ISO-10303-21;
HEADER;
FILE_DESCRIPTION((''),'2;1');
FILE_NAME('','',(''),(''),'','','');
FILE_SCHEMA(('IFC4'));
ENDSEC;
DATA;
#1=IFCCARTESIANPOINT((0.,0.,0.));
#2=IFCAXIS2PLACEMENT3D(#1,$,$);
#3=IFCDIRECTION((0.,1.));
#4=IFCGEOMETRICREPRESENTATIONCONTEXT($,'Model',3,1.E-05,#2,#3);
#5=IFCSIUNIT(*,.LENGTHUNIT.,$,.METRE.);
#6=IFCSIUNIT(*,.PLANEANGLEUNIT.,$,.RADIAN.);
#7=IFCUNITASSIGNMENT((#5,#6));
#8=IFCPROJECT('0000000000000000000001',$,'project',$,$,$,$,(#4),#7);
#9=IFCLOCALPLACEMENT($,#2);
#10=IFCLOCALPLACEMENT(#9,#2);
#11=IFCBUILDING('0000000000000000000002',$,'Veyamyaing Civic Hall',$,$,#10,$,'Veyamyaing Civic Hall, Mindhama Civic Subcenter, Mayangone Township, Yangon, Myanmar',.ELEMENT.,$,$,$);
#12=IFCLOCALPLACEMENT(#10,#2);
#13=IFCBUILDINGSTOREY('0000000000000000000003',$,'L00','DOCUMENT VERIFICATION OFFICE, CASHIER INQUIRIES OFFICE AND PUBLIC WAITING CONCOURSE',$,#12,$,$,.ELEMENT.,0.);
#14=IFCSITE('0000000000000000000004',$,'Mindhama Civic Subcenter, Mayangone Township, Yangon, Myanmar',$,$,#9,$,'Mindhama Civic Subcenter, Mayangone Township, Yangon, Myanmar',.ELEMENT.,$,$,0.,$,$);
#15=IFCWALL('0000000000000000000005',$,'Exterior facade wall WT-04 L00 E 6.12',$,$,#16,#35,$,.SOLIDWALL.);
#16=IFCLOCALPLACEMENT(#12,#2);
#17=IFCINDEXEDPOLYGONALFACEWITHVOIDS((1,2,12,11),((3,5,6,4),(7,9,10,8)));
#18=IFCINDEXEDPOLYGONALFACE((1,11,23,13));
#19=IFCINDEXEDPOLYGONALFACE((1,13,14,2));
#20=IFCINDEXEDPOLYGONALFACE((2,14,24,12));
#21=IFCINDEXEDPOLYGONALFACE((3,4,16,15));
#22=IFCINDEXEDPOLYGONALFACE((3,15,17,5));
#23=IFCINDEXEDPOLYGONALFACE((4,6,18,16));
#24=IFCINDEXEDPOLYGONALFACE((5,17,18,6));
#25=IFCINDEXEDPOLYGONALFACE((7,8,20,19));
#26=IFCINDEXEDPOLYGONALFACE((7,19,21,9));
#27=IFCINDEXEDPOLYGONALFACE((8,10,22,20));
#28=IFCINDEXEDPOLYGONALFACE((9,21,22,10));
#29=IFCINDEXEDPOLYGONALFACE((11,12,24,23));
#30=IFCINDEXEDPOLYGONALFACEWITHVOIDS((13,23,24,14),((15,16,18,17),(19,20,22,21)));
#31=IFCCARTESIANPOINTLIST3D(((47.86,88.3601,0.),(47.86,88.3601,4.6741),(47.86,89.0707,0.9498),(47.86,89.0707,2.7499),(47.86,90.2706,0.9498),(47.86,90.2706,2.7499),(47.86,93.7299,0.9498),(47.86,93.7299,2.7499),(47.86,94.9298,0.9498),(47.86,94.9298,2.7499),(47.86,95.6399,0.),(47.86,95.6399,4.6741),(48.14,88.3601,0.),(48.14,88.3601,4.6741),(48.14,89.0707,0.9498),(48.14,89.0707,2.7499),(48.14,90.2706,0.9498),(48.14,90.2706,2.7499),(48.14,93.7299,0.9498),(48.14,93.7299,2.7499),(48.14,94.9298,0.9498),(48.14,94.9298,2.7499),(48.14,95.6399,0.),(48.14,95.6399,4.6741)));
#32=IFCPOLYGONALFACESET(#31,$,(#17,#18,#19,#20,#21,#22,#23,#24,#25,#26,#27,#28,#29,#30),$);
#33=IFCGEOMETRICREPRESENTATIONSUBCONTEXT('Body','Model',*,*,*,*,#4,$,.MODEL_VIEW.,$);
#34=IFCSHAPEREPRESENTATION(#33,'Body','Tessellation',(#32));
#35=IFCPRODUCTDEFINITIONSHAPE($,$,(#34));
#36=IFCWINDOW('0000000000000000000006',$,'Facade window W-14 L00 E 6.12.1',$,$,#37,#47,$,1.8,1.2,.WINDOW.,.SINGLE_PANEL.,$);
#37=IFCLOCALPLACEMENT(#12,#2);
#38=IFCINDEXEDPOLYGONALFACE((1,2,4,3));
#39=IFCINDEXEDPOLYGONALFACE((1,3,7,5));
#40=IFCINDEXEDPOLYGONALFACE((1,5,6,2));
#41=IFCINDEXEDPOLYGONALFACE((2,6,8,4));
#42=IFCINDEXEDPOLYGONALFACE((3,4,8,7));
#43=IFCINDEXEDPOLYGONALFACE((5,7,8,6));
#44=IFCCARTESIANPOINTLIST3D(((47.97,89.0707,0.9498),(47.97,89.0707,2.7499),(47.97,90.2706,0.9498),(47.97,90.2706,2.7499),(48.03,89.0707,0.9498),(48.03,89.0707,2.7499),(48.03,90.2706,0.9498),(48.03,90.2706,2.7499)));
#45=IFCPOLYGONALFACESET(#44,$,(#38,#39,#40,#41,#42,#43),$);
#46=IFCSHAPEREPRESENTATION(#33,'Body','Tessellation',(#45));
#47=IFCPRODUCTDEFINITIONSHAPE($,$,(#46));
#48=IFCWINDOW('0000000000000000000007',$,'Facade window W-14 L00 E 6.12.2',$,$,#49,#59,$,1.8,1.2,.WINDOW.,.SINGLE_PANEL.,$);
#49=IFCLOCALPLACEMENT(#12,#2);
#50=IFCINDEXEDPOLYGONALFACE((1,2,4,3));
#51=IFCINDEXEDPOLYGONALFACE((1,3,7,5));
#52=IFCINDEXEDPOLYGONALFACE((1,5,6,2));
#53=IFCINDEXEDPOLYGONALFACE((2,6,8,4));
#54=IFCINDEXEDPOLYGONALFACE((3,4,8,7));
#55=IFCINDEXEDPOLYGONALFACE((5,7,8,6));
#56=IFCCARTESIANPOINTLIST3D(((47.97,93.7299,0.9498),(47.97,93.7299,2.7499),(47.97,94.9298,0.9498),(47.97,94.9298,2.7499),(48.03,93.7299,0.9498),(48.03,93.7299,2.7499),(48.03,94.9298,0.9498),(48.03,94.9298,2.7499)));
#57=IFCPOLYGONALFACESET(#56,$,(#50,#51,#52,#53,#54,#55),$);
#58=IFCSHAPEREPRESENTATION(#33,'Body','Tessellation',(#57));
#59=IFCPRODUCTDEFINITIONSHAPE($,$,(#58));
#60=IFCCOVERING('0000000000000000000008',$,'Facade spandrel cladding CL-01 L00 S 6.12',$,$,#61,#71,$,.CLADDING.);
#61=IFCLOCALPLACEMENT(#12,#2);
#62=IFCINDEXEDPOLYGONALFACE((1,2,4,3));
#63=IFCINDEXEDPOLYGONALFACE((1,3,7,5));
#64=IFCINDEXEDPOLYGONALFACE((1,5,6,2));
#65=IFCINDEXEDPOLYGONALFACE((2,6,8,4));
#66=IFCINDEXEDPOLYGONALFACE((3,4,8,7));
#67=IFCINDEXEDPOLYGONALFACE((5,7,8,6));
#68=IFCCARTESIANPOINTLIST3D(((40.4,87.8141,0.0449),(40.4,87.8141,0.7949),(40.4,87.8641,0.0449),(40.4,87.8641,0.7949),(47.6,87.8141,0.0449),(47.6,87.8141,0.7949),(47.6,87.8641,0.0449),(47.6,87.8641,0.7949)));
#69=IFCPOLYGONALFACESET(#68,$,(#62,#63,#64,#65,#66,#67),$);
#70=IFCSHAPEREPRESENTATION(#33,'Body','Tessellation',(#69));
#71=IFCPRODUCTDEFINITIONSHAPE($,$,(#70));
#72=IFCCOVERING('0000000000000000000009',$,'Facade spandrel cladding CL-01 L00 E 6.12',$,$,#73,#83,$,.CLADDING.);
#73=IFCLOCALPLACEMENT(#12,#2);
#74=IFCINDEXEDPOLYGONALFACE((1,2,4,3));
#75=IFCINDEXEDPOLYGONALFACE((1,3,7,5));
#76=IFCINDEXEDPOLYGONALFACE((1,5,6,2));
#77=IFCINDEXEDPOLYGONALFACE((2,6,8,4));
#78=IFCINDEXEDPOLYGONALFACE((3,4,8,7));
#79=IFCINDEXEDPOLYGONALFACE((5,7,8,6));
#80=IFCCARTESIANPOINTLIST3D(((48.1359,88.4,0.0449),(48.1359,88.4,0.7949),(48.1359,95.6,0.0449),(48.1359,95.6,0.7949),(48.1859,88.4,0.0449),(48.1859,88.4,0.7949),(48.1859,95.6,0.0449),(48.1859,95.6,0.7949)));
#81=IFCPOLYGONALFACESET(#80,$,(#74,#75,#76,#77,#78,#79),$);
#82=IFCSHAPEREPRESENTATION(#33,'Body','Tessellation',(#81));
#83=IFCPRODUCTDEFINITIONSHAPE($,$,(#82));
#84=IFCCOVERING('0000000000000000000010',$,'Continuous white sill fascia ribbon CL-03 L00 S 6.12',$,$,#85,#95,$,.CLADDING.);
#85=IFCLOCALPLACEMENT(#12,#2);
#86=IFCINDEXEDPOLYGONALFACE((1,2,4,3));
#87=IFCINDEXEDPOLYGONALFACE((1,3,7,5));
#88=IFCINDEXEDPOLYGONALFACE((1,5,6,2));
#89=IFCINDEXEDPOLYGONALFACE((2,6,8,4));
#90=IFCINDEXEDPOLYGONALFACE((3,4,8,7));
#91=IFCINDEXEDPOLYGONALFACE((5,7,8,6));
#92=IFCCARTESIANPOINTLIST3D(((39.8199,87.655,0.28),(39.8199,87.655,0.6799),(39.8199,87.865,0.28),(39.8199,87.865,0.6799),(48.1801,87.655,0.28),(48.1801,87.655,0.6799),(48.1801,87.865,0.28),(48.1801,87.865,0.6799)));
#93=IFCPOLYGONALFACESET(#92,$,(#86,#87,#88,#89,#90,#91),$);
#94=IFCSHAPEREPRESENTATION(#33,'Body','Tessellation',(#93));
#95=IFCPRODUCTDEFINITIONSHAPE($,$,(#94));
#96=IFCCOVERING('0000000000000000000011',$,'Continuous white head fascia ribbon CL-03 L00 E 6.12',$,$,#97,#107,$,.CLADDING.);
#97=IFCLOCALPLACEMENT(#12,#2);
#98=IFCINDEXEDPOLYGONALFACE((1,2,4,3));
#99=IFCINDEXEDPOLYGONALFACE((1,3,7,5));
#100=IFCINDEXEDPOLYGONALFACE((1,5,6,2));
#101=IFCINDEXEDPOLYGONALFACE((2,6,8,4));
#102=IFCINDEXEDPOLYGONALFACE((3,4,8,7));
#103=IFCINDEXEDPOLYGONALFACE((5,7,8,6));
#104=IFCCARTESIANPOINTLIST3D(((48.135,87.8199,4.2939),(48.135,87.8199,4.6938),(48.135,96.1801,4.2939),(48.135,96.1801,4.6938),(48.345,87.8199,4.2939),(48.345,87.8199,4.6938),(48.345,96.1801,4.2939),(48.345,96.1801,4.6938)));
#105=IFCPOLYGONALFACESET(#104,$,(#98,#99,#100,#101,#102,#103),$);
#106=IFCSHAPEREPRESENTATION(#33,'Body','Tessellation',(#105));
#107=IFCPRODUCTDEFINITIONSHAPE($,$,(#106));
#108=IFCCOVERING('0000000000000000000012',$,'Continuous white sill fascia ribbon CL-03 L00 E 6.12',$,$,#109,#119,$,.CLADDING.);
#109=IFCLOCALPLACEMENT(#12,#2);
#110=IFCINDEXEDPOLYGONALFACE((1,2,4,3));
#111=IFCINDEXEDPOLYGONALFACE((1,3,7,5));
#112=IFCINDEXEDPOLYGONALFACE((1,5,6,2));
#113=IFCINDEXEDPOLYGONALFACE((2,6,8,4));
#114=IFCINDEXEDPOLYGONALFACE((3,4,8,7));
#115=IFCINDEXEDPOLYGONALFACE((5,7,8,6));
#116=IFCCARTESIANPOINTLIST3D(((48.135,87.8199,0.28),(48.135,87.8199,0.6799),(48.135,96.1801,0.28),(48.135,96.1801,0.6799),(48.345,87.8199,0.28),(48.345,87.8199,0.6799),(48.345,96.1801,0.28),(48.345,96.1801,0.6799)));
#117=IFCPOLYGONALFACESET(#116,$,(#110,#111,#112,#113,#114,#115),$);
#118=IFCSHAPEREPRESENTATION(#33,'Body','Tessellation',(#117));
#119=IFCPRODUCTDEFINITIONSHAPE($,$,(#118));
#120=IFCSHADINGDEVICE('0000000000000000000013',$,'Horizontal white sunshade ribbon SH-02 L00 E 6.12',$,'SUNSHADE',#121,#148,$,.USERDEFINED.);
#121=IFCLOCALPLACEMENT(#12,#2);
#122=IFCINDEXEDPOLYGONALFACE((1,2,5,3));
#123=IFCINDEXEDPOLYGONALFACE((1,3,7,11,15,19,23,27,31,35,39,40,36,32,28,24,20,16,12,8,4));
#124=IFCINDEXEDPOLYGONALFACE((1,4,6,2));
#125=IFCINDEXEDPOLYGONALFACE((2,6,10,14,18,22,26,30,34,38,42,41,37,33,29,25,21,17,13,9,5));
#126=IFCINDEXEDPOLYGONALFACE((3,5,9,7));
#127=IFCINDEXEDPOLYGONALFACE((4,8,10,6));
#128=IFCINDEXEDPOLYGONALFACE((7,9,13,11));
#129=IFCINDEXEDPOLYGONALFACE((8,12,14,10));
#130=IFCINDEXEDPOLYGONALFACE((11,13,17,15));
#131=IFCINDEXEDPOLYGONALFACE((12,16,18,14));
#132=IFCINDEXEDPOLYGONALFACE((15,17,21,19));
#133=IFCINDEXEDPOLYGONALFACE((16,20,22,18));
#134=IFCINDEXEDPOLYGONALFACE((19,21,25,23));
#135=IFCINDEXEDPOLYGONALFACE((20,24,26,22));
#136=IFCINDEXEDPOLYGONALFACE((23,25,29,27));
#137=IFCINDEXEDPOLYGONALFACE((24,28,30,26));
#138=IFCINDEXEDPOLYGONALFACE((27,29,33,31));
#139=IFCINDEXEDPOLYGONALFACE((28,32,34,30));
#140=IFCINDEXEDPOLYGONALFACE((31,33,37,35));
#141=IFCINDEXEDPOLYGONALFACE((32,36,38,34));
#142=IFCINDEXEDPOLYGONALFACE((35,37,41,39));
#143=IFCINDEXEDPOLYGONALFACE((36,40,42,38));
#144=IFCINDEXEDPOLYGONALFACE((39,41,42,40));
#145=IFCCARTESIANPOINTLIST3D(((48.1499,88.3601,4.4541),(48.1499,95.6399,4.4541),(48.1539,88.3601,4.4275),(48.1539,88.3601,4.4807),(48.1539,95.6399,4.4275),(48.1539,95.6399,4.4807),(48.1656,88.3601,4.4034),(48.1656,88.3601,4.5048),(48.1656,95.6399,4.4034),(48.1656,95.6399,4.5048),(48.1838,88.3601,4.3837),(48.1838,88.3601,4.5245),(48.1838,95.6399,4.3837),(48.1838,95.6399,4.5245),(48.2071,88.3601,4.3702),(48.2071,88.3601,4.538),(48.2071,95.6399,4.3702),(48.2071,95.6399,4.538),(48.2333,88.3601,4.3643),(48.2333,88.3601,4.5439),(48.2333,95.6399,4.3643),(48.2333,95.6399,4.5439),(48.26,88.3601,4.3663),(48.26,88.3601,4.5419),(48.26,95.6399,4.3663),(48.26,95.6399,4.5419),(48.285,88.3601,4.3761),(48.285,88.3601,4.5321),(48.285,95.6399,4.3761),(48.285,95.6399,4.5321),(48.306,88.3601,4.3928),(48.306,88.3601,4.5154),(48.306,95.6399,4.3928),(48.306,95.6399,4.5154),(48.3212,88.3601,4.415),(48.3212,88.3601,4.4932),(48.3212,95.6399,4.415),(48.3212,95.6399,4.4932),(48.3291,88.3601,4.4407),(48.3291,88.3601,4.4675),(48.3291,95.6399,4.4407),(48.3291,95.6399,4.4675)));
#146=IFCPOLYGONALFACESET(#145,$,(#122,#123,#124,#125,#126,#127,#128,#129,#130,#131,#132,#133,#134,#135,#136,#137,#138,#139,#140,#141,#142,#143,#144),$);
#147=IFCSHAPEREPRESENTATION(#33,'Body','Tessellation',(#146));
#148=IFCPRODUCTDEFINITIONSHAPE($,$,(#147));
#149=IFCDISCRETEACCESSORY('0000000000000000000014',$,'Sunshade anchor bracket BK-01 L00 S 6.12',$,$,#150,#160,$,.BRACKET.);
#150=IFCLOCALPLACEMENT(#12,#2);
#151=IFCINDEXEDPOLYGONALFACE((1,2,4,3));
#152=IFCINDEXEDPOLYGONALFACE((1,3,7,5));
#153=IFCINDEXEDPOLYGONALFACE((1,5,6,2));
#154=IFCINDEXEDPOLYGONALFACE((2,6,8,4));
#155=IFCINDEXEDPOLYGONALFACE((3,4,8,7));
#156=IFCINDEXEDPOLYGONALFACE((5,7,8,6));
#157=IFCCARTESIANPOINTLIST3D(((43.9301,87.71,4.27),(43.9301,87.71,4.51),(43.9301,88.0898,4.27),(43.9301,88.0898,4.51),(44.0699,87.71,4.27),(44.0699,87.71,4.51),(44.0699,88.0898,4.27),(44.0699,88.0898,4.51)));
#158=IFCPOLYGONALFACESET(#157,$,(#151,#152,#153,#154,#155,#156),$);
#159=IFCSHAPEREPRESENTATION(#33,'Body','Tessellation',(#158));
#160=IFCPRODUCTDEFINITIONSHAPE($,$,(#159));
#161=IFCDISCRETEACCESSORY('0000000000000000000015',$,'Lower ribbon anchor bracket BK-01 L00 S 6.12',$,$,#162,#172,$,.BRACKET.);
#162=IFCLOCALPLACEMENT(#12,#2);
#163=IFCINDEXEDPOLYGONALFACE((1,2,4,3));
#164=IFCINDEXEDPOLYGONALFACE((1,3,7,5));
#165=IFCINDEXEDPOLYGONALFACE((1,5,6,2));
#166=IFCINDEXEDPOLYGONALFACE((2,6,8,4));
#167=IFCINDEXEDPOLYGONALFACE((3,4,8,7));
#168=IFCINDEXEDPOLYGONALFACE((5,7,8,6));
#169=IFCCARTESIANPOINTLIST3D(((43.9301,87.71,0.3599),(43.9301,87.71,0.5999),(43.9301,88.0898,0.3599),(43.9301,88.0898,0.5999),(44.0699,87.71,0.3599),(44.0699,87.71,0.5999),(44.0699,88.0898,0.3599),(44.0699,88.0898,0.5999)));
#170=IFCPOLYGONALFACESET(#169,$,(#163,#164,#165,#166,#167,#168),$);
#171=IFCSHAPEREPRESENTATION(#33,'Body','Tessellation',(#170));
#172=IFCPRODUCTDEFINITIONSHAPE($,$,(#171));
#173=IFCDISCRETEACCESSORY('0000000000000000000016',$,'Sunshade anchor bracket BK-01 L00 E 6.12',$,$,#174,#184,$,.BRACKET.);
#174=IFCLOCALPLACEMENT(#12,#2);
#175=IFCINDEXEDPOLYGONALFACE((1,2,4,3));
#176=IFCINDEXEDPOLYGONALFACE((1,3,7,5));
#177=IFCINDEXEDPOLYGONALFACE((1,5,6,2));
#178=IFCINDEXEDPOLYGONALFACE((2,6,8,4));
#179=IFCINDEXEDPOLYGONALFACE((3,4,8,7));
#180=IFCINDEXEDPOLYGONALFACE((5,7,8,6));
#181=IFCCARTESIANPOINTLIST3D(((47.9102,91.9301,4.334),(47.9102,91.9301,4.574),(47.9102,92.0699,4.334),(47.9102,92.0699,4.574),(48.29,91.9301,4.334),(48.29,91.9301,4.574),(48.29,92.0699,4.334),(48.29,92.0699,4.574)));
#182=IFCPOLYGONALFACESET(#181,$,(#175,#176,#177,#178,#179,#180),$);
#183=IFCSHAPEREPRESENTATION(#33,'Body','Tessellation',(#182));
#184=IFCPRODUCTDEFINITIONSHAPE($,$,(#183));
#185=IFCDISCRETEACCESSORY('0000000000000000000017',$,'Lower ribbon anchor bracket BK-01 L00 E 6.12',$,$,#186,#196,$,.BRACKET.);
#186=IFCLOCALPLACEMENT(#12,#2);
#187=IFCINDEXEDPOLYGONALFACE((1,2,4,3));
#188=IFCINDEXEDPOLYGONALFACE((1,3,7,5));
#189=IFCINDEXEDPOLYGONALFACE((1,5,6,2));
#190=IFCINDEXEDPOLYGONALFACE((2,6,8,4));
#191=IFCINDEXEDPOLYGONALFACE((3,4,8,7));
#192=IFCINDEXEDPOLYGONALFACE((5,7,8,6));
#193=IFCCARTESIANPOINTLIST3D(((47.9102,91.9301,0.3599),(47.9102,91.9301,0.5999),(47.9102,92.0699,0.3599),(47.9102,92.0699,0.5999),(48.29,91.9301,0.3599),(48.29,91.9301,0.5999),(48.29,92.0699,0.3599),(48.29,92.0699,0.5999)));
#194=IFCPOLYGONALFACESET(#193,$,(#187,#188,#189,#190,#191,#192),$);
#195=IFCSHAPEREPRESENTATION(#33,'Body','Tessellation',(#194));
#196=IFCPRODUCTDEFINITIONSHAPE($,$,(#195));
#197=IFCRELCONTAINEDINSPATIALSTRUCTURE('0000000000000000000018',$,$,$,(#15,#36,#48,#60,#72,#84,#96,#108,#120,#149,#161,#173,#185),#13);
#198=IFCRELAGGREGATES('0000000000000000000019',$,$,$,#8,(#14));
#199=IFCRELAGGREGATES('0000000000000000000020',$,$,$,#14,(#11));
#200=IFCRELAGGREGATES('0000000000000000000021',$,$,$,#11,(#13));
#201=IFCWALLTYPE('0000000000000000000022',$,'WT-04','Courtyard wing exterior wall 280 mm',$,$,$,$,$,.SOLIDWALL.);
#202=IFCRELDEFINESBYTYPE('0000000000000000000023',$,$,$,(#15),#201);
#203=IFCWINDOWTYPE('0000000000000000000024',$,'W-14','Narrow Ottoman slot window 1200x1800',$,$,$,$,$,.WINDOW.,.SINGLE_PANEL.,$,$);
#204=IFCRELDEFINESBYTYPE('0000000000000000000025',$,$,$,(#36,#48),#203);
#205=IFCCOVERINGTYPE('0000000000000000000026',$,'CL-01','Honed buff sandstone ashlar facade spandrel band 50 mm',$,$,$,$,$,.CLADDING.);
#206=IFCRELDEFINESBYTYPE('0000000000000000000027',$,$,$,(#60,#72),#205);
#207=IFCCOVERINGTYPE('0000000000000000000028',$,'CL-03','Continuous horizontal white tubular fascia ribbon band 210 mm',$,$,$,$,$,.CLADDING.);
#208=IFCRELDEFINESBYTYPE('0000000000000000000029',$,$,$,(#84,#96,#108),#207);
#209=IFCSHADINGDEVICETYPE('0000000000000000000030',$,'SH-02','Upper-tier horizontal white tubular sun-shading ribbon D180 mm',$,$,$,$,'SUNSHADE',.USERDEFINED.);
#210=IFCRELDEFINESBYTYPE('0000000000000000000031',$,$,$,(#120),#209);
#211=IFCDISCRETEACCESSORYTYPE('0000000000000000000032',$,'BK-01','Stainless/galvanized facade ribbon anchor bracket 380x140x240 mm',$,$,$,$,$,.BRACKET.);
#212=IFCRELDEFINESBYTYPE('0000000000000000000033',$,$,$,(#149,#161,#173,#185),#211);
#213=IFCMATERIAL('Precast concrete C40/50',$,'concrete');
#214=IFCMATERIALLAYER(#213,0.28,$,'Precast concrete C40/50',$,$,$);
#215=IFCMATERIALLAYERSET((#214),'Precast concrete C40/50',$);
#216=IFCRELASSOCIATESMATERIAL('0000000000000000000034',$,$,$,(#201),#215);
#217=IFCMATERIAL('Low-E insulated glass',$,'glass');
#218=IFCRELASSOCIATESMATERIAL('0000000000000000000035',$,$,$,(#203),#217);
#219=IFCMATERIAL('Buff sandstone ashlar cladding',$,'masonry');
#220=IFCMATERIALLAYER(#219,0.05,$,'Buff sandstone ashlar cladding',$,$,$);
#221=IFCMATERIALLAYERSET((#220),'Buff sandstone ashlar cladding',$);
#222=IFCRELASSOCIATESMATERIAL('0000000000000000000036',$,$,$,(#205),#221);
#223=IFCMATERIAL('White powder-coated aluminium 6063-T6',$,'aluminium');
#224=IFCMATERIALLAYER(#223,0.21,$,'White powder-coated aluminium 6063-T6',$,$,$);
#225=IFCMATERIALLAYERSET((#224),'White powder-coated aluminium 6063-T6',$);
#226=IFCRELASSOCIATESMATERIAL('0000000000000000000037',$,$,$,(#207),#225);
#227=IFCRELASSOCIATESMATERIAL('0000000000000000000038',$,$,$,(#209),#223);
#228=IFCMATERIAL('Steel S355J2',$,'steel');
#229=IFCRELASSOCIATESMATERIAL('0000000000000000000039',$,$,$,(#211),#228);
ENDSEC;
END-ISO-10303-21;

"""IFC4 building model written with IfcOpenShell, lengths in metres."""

from ifc_helpers import new_model, si_unit, direction, frame, frame_2d, origin, origin_2d, place, context, subcontext, project, spatial, rectangle, circle, extrude, material, layer, layer_set, material_profile, profile_set, type_object, element, fill, save


model = new_model("IFC4")

# Units and contexts
model_context = context("Model", 3, precision=1e-05, world=origin(), true_north=direction((0.0, 1.0)))
body_context = subcontext(model_context, "Body", "Model", "MODEL_VIEW")
ifc_project = project(units=[si_unit("LENGTHUNIT", "METRE"), si_unit("PLANEANGLEUNIT", "RADIAN")], contexts=[model_context])

# Site, building, storey
site_placement = place(None, origin())
site = spatial("IfcSite", under=ifc_project, at=site_placement, Name="Mindhama Civic Subcenter, Mayangone Township, Yangon, Myanmar", LongName="Mindhama Civic Subcenter, Mayangone Township, Yangon, Myanmar", CompositionType="ELEMENT", RefElevation=0.0)
building_placement = place(site_placement, origin())
building = spatial("IfcBuilding", under=site, at=building_placement, Name="Veyamyaing Civic Hall", LongName="Veyamyaing Civic Hall, Mindhama Civic Subcenter, Mayangone Township, Yangon, Myanmar", CompositionType="ELEMENT")
storey_placement = place(building_placement, origin())
storey = spatial("IfcBuildingStorey", under=building, at=storey_placement, Name="L00", Description="DOCUMENT VERIFICATION OFFICE, CASHIER INQUIRIES OFFICE AND PUBLIC WAITING CONCOURSE", CompositionType="ELEMENT", Elevation=0.0)

# Wall, openings, windows
ifc_material_1 = material(Name="Precast concrete C40/50", Category="concrete")
ifc_layer_1 = layer(ifc_material_1, 0.28, Name="Precast concrete C40/50")
ifc_layer_set_1 = layer_set([ifc_layer_1], Name="Precast concrete C40/50")
wall_type = type_object("IfcWallType", Name="WT-04", Description="Courtyard wing exterior wall 280 mm", PredefinedType="SOLIDWALL", material=ifc_layer_set_1)
wall_placement = place(storey_placement, frame((48.0, 88.3601, 0.0), z_axis=(0.0, 0.0, 1.0), x_axis=(0.0, 1.0, 0.0)))
wall = element("IfcWall", 1, at=wall_placement, inside=storey, type_object=wall_type, Name="Exterior facade wall WT-04 L00 E 6.12", PredefinedType="SOLIDWALL", context=body_context, shape_type="SweptSolid", body=[
    extrude(rectangle(XDim=7.2798, YDim=0.28, at=frame_2d((3.6399, 0.0))), origin(), (0.0, 0.0, 1.0), 4.6741),
])
opening_1_placement = place(wall_placement, frame((0.7104, 0.0, 0.95)))
opening_1 = element("IfcOpeningElement", 2, at=opening_1_placement, cuts=wall, PredefinedType="OPENING", context=body_context, shape_type="SweptSolid", body=[
    extrude(rectangle(XDim=1.2, YDim=1.8, at=frame_2d((0.6001, 0.8999))), frame((0.0, 0.1499, 0.0), z_axis=(0.0, -1.0, 0.0), x_axis=(1.0, 0.0, 0.0)), (0.0, 0.0, 1.0), 0.3),
])
opening_2_placement = place(wall_placement, frame((5.3696, 0.0, 0.95)))
opening_2 = element("IfcOpeningElement", 3, at=opening_2_placement, cuts=wall, PredefinedType="OPENING", context=body_context, shape_type="SweptSolid", body=[
    extrude(rectangle(XDim=1.2, YDim=1.8, at=frame_2d((0.6001, 0.8999))), frame((0.0, 0.1499, 0.0), z_axis=(0.0, -1.0, 0.0), x_axis=(1.0, 0.0, 0.0)), (0.0, 0.0, 1.0), 0.3),
])
ifc_material_2 = material(Name="Low-E insulated glass", Category="glass")
window_type = type_object("IfcWindowType", Name="W-14", Description="Narrow Ottoman slot window 1200x1800", PartitioningType="SINGLE_PANEL", PredefinedType="WINDOW", material=ifc_material_2)
window_1_placement = place(opening_1_placement, origin())
window_1 = element("IfcWindow", 4, at=window_1_placement, inside=storey, type_object=window_type, Name="Facade window W-14 L00 E 6.12.1", OverallHeight=1.8, OverallWidth=1.2, PartitioningType="SINGLE_PANEL", PredefinedType="WINDOW", context=body_context, shape_type="SweptSolid", body=[
    extrude(rectangle(XDim=1.2, YDim=1.8, at=frame_2d((0.6001, 0.8999))), frame((0.0, 0.03, 0.0), z_axis=(0.0, -1.0, 0.0), x_axis=(1.0, 0.0, 0.0)), (0.0, 0.0, 1.0), 0.0601),
])
fill(opening_1, window_1)
window_2_placement = place(opening_2_placement, origin())
window_2 = element("IfcWindow", 5, at=window_2_placement, inside=storey, type_object=window_type, Name="Facade window W-14 L00 E 6.12.2", OverallHeight=1.8, OverallWidth=1.2, PartitioningType="SINGLE_PANEL", PredefinedType="WINDOW", context=body_context, shape_type="SweptSolid", body=[
    extrude(rectangle(XDim=1.2, YDim=1.8, at=frame_2d((0.6001, 0.8999))), frame((0.0, 0.03, 0.0), z_axis=(0.0, -1.0, 0.0), x_axis=(1.0, 0.0, 0.0)), (0.0, 0.0, 1.0), 0.0601),
])
fill(opening_2, window_2)

# Coverings
ifc_material_3 = material(Name="Buff sandstone ashlar cladding", Category="masonry")
ifc_layer_2 = layer(ifc_material_3, 0.05, Name="Buff sandstone ashlar cladding")
ifc_layer_set_2 = layer_set([ifc_layer_2], Name="Buff sandstone ashlar cladding")
covering_type_1 = type_object("IfcCoveringType", Name="CL-01", Description="Honed buff sandstone ashlar facade spandrel band 50 mm", PredefinedType="CLADDING", material=ifc_layer_set_2)
for number, where, z_axis, x_axis, name in (
    (6, (44.0, 87.8391, 0.0449), (0.0, 0.0, 1.0), (1.0, 0.0, 0.0), "Facade spandrel cladding CL-01 L00 S 6.12"),
    (7, (48.1609, 92.0, 0.0449), (0.0, 0.0, 1.0), (0.0, 1.0, 0.0), "Facade spandrel cladding CL-01 L00 E 6.12"),
):
    element("IfcCovering", number, at=place(storey_placement, frame(where, z_axis=z_axis, x_axis=x_axis)), inside=storey, type_object=covering_type_1, Name=name, PredefinedType="CLADDING", context=body_context, shape_type="SweptSolid", body=[
        extrude(rectangle(XDim=7.2, YDim=0.05, at=origin_2d()), origin(), (0.0, 0.0, 1.0), 0.75),
    ])
ifc_material_4 = material(Name="White powder-coated aluminium 6063-T6", Category="aluminium")
ifc_layer_3 = layer(ifc_material_4, 0.21, Name="White powder-coated aluminium 6063-T6")
ifc_layer_set_3 = layer_set([ifc_layer_3], Name="White powder-coated aluminium 6063-T6")
covering_type_2 = type_object("IfcCoveringType", Name="CL-03", Description="Continuous horizontal white tubular fascia ribbon band 210 mm", PredefinedType="CLADDING", material=ifc_layer_set_3)
for number, where, z_axis, x_axis, name in (
    (8, (44.0, 87.76, 0.28), (0.0, 0.0, 1.0), (1.0, 0.0, 0.0), "Continuous white sill fascia ribbon CL-03 L00 S 6.12"),
    (9, (48.24, 92.0, 4.2939), (0.0, 0.0, 1.0), (0.0, 1.0, 0.0), "Continuous white head fascia ribbon CL-03 L00 E 6.12"),
    (10, (48.24, 92.0, 0.28), (0.0, 0.0, 1.0), (0.0, 1.0, 0.0), "Continuous white sill fascia ribbon CL-03 L00 E 6.12"),
):
    element("IfcCovering", number, at=place(storey_placement, frame(where, z_axis=z_axis, x_axis=x_axis)), inside=storey, type_object=covering_type_2, Name=name, PredefinedType="CLADDING", context=body_context, shape_type="SweptSolid", body=[
        extrude(rectangle(XDim=8.3601, YDim=0.21, at=origin_2d()), origin(), (0.0, 0.0, 1.0), 0.3999),
    ])

# Shading device
ifc_material_profile_1 = material_profile(ifc_material_4, circle(Radius=0.0901, at=origin_2d()), Name="SHADE-TUBE-180")
ifc_profile_set_1 = profile_set([ifc_material_profile_1], Name="White powder-coated aluminium 6063-T6")
shading_device_type = type_object("IfcShadingDeviceType", Name="SH-02", Description="Upper-tier horizontal white tubular sun-shading ribbon D180 mm", ElementType="SUNSHADE", PredefinedType="USERDEFINED", material=ifc_profile_set_1)
shading_device_placement = place(storey_placement, frame((48.24, 88.3601, 4.4541), z_axis=(0.0, 1.0, 0.0), x_axis=(-1.0, 0.0, 0.0)))
element("IfcShadingDevice", 11, at=shading_device_placement, inside=storey, type_object=shading_device_type, Name="Horizontal white sunshade ribbon SH-02 L00 E 6.12", ObjectType="SUNSHADE", PredefinedType="USERDEFINED", context=body_context, shape_type="SweptSolid", body=[
    extrude(circle(Radius=0.0901, at=origin_2d()), origin(), (0.0, 0.0, 1.0), 7.2798),
])

# Discrete accessories
ifc_material_5 = material(Name="Steel S355J2", Category="steel")
discrete_accessory_type = type_object("IfcDiscreteAccessoryType", Name="BK-01", Description="Stainless/galvanized facade ribbon anchor bracket 380x140x240 mm", PredefinedType="BRACKET", material=ifc_material_5)
for number, where, z_axis, x_axis, name in (
    (12, (44.0, 87.8999, 4.27), (0.0, 0.0, 1.0), (0.0, -1.0, 0.0), "Sunshade anchor bracket BK-01 L00 S 6.12"),
    (13, (44.0, 87.8999, 0.3599), (0.0, 0.0, 1.0), (0.0, -1.0, 0.0), "Lower ribbon anchor bracket BK-01 L00 S 6.12"),
    (14, (48.1001, 92.0, 4.334), (0.0, 0.0, 1.0), (1.0, 0.0, 0.0), "Sunshade anchor bracket BK-01 L00 E 6.12"),
    (15, (48.1001, 92.0, 0.3599), (0.0, 0.0, 1.0), (1.0, 0.0, 0.0), "Lower ribbon anchor bracket BK-01 L00 E 6.12"),
):
    element("IfcDiscreteAccessory", number, at=place(storey_placement, frame(where, z_axis=z_axis, x_axis=x_axis)), inside=storey, type_object=discrete_accessory_type, Name=name, PredefinedType="BRACKET", context=body_context, shape_type="SweptSolid", body=[
        extrude(rectangle(XDim=0.3799, YDim=0.1399, at=origin_2d()), origin(), (0.0, 0.0, 1.0), 0.24),
    ])

save(model, "model.ifc")
